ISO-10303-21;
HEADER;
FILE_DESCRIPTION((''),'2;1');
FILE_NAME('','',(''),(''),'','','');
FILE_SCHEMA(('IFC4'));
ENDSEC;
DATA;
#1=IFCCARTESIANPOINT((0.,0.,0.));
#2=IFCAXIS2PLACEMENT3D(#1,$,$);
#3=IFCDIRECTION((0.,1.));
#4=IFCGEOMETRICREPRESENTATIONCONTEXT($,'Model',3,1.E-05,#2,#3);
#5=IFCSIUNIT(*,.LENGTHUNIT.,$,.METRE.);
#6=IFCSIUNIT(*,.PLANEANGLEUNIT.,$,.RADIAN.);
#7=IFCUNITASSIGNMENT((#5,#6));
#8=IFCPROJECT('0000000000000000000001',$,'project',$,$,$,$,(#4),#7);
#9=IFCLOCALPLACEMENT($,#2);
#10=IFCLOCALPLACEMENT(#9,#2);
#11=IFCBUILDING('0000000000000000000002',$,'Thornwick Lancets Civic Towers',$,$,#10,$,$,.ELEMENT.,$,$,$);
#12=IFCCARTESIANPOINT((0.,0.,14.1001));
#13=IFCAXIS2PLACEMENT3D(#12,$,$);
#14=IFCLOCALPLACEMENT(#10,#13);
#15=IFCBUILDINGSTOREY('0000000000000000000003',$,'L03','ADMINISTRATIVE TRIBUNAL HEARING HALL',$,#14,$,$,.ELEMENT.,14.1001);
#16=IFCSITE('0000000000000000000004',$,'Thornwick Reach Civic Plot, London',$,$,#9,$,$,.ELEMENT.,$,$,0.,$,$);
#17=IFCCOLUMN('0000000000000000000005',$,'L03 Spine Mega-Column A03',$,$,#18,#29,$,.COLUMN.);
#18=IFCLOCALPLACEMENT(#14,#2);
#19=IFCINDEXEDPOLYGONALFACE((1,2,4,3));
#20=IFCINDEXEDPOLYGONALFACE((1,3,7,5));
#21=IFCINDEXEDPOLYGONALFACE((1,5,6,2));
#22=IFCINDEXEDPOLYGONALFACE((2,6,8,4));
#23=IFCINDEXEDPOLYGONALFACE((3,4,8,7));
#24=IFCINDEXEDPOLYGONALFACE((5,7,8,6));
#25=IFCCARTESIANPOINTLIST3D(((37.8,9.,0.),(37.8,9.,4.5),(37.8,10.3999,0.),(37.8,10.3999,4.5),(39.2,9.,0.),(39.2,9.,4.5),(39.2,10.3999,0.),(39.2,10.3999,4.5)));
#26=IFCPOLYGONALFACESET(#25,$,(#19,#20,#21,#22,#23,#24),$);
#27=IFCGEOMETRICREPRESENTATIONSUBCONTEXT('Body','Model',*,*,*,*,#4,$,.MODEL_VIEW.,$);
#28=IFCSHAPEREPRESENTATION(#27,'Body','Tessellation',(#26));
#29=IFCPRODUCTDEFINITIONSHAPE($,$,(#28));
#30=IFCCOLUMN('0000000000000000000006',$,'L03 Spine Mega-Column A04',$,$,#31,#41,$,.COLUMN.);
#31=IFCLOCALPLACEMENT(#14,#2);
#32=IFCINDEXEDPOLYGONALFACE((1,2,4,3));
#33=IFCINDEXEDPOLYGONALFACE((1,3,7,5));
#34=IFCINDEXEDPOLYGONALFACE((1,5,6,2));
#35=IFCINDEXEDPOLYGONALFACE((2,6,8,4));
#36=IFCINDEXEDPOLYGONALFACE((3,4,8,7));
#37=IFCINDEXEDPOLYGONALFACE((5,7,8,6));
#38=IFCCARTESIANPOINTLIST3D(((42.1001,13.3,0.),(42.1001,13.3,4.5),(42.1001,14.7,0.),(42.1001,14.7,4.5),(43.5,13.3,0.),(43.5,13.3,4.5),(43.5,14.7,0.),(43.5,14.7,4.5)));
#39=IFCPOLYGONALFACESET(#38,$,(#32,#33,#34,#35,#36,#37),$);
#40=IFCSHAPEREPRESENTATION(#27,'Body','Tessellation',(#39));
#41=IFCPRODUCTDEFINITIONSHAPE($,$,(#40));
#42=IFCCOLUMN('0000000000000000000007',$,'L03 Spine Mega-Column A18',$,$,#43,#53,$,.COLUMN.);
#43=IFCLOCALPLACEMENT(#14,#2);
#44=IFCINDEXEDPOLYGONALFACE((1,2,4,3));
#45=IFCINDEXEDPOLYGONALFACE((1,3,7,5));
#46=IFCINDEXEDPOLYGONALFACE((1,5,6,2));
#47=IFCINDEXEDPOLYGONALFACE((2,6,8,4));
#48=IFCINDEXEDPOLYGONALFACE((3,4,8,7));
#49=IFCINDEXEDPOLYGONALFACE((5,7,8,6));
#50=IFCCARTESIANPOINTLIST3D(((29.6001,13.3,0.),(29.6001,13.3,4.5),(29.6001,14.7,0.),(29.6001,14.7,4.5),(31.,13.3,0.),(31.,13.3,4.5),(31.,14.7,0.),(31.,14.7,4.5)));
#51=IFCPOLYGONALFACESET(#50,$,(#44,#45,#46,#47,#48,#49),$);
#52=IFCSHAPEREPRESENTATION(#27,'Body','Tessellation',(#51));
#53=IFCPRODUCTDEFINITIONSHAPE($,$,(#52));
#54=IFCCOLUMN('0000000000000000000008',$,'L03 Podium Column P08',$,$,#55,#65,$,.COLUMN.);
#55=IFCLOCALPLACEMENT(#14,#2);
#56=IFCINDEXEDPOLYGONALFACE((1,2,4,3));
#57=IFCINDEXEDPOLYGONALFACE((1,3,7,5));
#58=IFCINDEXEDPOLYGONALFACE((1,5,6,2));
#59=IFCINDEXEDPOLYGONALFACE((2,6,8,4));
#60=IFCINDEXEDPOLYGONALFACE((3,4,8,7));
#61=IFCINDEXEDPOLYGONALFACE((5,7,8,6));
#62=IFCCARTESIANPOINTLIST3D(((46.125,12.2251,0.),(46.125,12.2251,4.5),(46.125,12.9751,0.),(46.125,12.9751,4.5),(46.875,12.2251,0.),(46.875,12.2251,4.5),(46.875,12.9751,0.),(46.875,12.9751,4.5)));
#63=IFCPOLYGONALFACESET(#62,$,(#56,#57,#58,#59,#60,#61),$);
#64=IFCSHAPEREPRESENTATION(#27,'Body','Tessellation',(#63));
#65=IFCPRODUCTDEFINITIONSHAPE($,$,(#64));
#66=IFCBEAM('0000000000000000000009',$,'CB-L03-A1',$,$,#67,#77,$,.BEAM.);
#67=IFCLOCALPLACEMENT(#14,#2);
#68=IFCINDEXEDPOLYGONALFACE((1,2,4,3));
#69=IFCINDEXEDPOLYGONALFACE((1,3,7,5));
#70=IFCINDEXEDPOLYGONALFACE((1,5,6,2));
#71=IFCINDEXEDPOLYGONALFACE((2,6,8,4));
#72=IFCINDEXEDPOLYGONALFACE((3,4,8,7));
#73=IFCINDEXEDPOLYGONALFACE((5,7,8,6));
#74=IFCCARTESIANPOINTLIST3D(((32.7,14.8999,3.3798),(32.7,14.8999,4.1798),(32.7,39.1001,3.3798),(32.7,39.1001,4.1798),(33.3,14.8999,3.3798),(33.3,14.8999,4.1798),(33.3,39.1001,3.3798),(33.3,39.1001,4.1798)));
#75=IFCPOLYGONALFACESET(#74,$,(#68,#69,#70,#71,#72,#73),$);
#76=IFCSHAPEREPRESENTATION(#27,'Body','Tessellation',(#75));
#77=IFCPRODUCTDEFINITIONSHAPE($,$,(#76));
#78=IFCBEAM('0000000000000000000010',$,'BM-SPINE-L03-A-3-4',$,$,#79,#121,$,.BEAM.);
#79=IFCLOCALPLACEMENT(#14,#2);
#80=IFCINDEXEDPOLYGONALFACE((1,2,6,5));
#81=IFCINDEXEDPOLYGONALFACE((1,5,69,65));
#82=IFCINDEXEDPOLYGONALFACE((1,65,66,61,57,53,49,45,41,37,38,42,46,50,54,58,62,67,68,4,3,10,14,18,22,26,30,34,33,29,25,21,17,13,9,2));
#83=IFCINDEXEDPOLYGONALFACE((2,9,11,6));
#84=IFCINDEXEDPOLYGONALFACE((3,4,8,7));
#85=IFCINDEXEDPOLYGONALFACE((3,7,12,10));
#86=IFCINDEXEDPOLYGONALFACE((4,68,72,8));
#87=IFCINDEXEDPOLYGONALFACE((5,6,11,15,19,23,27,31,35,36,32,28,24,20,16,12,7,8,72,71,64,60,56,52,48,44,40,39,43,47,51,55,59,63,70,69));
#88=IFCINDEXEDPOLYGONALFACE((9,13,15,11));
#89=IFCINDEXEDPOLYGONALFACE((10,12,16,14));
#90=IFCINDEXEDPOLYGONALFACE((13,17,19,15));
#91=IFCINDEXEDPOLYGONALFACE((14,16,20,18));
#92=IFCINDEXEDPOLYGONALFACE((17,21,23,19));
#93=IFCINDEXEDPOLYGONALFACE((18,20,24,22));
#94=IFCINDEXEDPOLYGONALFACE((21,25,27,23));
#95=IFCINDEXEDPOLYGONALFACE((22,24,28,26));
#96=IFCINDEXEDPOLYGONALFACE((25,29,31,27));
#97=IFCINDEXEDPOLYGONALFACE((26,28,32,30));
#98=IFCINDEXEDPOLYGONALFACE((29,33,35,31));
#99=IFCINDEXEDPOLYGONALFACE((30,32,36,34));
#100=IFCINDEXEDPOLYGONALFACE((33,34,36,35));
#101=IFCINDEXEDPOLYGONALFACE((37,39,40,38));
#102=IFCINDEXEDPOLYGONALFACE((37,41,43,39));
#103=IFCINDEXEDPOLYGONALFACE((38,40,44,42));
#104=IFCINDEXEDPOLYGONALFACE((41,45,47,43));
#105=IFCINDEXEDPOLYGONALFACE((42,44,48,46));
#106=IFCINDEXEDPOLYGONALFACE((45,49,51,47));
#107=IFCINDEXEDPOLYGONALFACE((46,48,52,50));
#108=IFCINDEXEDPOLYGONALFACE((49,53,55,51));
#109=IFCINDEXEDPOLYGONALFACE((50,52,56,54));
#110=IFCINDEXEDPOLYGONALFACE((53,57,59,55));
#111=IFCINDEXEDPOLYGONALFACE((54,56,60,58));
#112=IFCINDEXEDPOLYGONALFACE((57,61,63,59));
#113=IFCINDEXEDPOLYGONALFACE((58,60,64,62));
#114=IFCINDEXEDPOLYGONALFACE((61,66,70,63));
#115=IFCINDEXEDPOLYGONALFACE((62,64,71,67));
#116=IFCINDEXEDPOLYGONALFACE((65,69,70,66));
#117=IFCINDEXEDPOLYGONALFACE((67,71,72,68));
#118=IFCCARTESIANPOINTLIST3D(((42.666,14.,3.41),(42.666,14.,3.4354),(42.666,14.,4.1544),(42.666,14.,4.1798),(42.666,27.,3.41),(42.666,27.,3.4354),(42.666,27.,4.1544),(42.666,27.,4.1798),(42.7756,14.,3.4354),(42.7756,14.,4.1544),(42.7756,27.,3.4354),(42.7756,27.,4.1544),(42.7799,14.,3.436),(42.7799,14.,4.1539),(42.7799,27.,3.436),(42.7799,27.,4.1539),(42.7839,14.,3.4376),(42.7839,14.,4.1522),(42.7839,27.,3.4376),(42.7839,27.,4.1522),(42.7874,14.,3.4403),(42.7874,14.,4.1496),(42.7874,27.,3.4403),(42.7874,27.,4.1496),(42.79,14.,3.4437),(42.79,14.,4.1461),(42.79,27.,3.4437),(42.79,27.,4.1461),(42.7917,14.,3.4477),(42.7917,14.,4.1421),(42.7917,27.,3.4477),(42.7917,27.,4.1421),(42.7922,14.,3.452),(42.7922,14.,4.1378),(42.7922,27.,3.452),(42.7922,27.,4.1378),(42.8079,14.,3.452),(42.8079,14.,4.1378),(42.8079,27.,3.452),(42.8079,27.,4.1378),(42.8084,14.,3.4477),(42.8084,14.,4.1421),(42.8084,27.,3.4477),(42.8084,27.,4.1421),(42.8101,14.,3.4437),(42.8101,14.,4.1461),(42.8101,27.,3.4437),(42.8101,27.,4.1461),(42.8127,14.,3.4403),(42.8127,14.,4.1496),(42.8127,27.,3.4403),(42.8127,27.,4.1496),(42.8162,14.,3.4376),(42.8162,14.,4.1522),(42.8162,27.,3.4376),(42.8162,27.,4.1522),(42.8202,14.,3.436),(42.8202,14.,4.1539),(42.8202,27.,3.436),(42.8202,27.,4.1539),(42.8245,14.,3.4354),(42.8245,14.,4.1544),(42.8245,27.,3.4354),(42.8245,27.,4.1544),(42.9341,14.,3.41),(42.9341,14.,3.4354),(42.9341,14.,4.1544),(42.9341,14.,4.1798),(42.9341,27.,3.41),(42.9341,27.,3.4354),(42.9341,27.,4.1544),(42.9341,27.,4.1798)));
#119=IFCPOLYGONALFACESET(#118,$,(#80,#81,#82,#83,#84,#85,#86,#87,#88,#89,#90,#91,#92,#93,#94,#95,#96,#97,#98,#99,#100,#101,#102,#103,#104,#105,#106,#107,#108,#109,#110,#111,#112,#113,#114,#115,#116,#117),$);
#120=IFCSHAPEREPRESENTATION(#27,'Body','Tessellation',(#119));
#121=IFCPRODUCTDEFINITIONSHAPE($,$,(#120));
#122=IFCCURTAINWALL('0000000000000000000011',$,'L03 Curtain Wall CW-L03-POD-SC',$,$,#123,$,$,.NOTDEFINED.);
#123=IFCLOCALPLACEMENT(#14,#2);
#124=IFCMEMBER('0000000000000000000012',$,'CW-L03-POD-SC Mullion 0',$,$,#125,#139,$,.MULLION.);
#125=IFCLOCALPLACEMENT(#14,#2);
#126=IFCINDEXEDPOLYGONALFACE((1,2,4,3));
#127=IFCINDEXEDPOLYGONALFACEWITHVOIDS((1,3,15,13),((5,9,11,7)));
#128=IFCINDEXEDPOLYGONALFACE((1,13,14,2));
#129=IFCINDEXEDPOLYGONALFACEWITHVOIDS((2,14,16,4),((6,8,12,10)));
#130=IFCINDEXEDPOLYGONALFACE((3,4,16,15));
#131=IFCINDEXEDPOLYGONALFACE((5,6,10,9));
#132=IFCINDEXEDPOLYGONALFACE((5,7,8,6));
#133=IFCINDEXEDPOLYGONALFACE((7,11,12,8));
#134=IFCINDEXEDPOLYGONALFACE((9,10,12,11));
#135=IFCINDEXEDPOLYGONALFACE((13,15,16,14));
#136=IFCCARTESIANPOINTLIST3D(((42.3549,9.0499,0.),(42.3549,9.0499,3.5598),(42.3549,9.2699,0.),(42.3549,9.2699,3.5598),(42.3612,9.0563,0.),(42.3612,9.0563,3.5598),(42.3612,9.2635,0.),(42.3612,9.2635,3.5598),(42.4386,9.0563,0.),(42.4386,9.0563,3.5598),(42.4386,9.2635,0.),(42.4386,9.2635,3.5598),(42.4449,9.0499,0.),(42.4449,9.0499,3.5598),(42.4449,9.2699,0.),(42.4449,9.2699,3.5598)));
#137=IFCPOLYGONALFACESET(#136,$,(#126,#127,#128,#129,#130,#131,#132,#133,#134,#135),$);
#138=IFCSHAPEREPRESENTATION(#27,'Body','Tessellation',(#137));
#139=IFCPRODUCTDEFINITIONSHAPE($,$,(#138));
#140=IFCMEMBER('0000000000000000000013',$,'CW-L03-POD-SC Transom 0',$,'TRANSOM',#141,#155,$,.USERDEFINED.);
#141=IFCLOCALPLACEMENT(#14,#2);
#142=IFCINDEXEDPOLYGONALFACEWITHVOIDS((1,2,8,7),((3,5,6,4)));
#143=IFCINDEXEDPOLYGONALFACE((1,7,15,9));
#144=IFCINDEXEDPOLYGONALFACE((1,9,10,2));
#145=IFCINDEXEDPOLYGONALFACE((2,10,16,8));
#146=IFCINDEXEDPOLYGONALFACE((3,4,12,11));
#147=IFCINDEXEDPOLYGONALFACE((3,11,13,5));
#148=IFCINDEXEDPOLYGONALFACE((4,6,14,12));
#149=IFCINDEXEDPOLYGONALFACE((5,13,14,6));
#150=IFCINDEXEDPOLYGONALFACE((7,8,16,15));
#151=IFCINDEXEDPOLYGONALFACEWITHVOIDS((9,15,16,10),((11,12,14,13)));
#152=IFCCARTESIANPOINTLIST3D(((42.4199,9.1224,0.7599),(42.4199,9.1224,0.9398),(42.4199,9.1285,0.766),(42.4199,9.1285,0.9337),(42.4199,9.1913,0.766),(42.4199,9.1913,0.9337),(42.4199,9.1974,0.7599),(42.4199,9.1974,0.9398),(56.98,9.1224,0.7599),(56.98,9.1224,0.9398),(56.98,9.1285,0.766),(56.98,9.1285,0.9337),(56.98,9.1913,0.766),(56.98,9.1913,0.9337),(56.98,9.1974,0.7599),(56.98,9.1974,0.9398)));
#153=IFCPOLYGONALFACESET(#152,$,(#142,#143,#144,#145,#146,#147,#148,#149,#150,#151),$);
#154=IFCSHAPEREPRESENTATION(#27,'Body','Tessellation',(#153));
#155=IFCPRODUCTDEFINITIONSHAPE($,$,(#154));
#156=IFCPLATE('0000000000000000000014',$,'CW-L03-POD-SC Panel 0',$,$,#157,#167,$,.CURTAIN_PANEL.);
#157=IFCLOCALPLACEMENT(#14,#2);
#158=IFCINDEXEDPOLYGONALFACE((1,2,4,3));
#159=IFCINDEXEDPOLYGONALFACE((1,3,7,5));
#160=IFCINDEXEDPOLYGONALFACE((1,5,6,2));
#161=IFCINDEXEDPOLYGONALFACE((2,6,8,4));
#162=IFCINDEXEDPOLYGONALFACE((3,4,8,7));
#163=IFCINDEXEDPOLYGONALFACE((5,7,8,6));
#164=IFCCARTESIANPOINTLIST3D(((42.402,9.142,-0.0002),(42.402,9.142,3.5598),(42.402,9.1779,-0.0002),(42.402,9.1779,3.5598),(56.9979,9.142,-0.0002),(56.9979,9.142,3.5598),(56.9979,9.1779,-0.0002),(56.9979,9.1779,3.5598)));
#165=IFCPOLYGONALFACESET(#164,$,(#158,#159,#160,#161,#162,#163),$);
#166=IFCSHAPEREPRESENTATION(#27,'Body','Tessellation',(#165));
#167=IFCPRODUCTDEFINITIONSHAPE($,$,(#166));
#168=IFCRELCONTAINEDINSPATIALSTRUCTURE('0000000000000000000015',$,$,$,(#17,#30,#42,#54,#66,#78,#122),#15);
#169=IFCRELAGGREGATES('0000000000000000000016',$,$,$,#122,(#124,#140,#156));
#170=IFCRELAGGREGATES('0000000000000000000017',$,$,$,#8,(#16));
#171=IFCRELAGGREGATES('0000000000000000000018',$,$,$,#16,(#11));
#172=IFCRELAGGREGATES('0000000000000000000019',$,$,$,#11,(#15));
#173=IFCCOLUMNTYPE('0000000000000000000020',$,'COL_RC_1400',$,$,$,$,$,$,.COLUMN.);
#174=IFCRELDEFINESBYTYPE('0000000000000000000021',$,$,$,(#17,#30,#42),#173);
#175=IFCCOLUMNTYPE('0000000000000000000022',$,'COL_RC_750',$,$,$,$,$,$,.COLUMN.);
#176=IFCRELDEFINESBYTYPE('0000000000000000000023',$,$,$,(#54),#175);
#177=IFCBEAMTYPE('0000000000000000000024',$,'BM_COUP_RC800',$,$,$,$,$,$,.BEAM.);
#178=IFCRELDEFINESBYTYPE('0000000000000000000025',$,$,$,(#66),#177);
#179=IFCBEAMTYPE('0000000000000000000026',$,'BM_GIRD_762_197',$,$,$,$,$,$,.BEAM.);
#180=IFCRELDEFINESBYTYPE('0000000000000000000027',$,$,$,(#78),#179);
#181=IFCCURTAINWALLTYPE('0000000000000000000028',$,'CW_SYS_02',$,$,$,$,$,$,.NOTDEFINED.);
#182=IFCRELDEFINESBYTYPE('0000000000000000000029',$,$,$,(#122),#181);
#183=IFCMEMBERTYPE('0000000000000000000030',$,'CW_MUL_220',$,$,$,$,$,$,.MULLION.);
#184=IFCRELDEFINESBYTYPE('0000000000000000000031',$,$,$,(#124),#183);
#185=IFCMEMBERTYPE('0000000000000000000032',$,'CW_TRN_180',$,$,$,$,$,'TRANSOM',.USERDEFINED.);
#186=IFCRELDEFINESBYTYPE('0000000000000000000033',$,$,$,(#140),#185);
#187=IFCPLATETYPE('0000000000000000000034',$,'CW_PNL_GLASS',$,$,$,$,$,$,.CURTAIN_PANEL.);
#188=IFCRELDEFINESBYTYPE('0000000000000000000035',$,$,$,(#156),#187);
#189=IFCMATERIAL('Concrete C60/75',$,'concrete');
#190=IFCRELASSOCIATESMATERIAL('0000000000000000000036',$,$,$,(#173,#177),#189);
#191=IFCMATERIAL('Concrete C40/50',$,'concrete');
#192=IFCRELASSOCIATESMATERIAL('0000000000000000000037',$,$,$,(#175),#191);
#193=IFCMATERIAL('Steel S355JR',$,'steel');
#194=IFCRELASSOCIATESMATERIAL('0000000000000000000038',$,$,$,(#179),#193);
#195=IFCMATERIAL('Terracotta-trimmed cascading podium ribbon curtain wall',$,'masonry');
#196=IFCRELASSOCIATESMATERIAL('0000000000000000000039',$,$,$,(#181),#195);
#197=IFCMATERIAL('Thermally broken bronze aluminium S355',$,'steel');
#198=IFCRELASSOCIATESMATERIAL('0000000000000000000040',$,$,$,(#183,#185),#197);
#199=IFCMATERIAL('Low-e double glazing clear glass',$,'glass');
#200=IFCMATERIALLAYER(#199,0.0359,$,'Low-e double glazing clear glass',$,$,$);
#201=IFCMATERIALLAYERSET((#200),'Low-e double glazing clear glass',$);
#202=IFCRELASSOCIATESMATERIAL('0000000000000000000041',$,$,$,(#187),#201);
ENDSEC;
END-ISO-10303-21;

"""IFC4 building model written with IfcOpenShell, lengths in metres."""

from ifc_helpers import new_model, si_unit, direction, frame, origin, origin_2d, place, context, subcontext, project, spatial, rectangle, hollow_rectangle, i_section, extrude, material, layer, layer_set, material_profile, profile_set, type_object, element, aggregate, save


model = new_model("IFC4")

# Units and contexts
model_context = context("Model", 3, precision=1e-05, world=origin(), true_north=direction((0.0, 1.0)))
body_context = subcontext(model_context, "Body", "Model", "MODEL_VIEW")
ifc_project = project(units=[si_unit("LENGTHUNIT", "METRE"), si_unit("PLANEANGLEUNIT", "RADIAN")], contexts=[model_context])

# Site, building, storey
site_placement = place(None, origin())
site = spatial("IfcSite", under=ifc_project, at=site_placement, Name="Thornwick Reach Civic Plot, London", CompositionType="ELEMENT", RefElevation=0.0)
building_placement = place(site_placement, origin())
building = spatial("IfcBuilding", under=site, at=building_placement, Name="Thornwick Lancets Civic Towers", CompositionType="ELEMENT")
storey_placement = place(building_placement, frame((0.0, 0.0, 14.1001)))
storey = spatial("IfcBuildingStorey", under=building, at=storey_placement, Name="L03", Description="ADMINISTRATIVE TRIBUNAL HEARING HALL", CompositionType="ELEMENT", Elevation=14.1001)

# Columns
ifc_material_1 = material(Name="Concrete C60/75", Category="concrete")
ifc_material_profile_1 = material_profile(ifc_material_1, rectangle(XDim=1.3999, YDim=1.3999, at=origin_2d()), Name="RC 1400x1400")
ifc_profile_set_1 = profile_set([ifc_material_profile_1], Name="Concrete C60/75")
column_type_1 = type_object("IfcColumnType", Name="COL_RC_1400", PredefinedType="COLUMN", material=ifc_profile_set_1)
for number, where, z_axis, x_axis, name in (
    (1, (38.5, 9.7, 0.0), (0.0, 0.0, 1.0), (1.0, 0.0, 0.0), "L03 Spine Mega-Column A03"),
    (2, (42.8, 14.0, 0.0), (0.0, 0.0, 1.0), (1.0, 0.0, 0.0), "L03 Spine Mega-Column A04"),
    (3, (30.3, 14.0, 0.0), (0.0, 0.0, 1.0), (1.0, 0.0, 0.0), "L03 Spine Mega-Column A18"),
):
    element("IfcColumn", number, at=place(storey_placement, frame(where, z_axis=z_axis, x_axis=x_axis)), inside=storey, type_object=column_type_1, Name=name, PredefinedType="COLUMN", context=body_context, shape_type="SweptSolid", body=[
        extrude(rectangle(XDim=1.3999, YDim=1.3999, at=origin_2d()), origin(), (0.0, 0.0, 1.0), 4.5),
    ])
ifc_material_2 = material(Name="Concrete C40/50", Category="concrete")
ifc_material_profile_2 = material_profile(ifc_material_2, rectangle(XDim=0.75, YDim=0.75, at=origin_2d()), Name="RC 750x750")
ifc_profile_set_2 = profile_set([ifc_material_profile_2], Name="Concrete C40/50")
column_type_2 = type_object("IfcColumnType", Name="COL_RC_750", PredefinedType="COLUMN", material=ifc_profile_set_2)
column_placement = place(storey_placement, frame((46.5, 12.6001, 0.0), z_axis=(0.0, 0.0, 1.0), x_axis=(1.0, 0.0, 0.0)))
element("IfcColumn", 4, at=column_placement, inside=storey, type_object=column_type_2, Name="L03 Podium Column P08", PredefinedType="COLUMN", context=body_context, shape_type="SweptSolid", body=[
    extrude(rectangle(XDim=0.75, YDim=0.75, at=origin_2d()), origin(), (0.0, 0.0, 1.0), 4.5),
])

# Beams
ifc_material_profile_3 = material_profile(ifc_material_1, rectangle(XDim=0.6001, YDim=0.8, at=origin_2d()), Name="RC 600x800")
ifc_profile_set_3 = profile_set([ifc_material_profile_3], Name="Concrete C60/75")
beam_type_1 = type_object("IfcBeamType", Name="BM_COUP_RC800", PredefinedType="BEAM", material=ifc_profile_set_3)
beam_1_placement = place(storey_placement, frame((33.0, 14.8999, 3.7798), z_axis=(0.0, 1.0, 0.0), x_axis=(-1.0, 0.0, 0.0)))
element("IfcBeam", 5, at=beam_1_placement, inside=storey, type_object=beam_type_1, Name="CB-L03-A1", PredefinedType="BEAM", context=body_context, shape_type="SweptSolid", body=[
    extrude(rectangle(XDim=0.6001, YDim=0.8, at=origin_2d()), origin(), (0.0, 0.0, 1.0), 24.2002),
])
ifc_material_3 = material(Name="Steel S355JR", Category="steel")
ifc_material_profile_4 = material_profile(ifc_material_3, i_section(OverallWidth=0.2681, OverallDepth=0.7698, WebThickness=0.0156, FlangeThickness=0.0254, FilletRadius=0.0166, at=origin_2d()), Name="UKB 762x267x197")
ifc_profile_set_4 = profile_set([ifc_material_profile_4], Name="Steel S355JR")
beam_type_2 = type_object("IfcBeamType", Name="BM_GIRD_762_197", PredefinedType="BEAM", material=ifc_profile_set_4)
beam_2_placement = place(storey_placement, frame((42.8, 14.0, 3.7949), z_axis=(0.0, 1.0, 0.0), x_axis=(-1.0, 0.0, 0.0)))
element("IfcBeam", 6, at=beam_2_placement, inside=storey, type_object=beam_type_2, Name="BM-SPINE-L03-A-3-4", PredefinedType="BEAM", context=body_context, shape_type="SweptSolid", body=[
    extrude(i_section(OverallWidth=0.2681, OverallDepth=0.7698, WebThickness=0.0156, FlangeThickness=0.0254, FilletRadius=0.0166, at=origin_2d()), origin(), (0.0, 0.0, 1.0), 13.0),
])

# Curtain wall, members, plate
ifc_material_4 = material(Name="Terracotta-trimmed cascading podium ribbon curtain wall", Category="masonry")
curtain_wall_type = type_object("IfcCurtainWallType", Name="CW_SYS_02", PredefinedType="NOTDEFINED", material=ifc_material_4)
curtain_wall_placement = place(storey_placement, origin())
curtain_wall = element("IfcCurtainWall", 7, at=curtain_wall_placement, inside=storey, type_object=curtain_wall_type, Name="L03 Curtain Wall CW-L03-POD-SC", PredefinedType="NOTDEFINED")
ifc_material_5 = material(Name="Thermally broken bronze aluminium S355", Category="steel")
ifc_material_profile_5 = material_profile(ifc_material_5, hollow_rectangle(XDim=0.0901, YDim=0.22, WallThickness=0.0063, at=origin_2d()), Name="RHS 220x90x6.3")
ifc_profile_set_5 = profile_set([ifc_material_profile_5], Name="Thermally broken bronze aluminium S355")
member_type_1 = type_object("IfcMemberType", Name="CW_MUL_220", PredefinedType="MULLION", material=ifc_profile_set_5)
member_1_placement = place(storey_placement, frame((42.3999, 9.1599, 0.0), z_axis=(0.0, 0.0, 1.0), x_axis=(1.0, 0.0, 0.0)))
member_1 = element("IfcMember", 8, at=member_1_placement, type_object=member_type_1, Name="CW-L03-POD-SC Mullion 0", PredefinedType="MULLION", context=body_context, shape_type="SweptSolid", body=[
    extrude(hollow_rectangle(XDim=0.0901, YDim=0.22, WallThickness=0.0063, at=origin_2d()), origin(), (0.0, 0.0, 1.0), 3.5598),
])
ifc_material_profile_6 = material_profile(ifc_material_5, hollow_rectangle(XDim=0.075, YDim=0.1799, WallThickness=0.0061, at=origin_2d()), Name="RHS 180x75x6")
ifc_profile_set_6 = profile_set([ifc_material_profile_6], Name="Thermally broken bronze aluminium S355")
member_type_2 = type_object("IfcMemberType", Name="CW_TRN_180", ElementType="TRANSOM", PredefinedType="USERDEFINED", material=ifc_profile_set_6)
member_2_placement = place(storey_placement, frame((42.4199, 9.1599, 0.8499), z_axis=(1.0, 0.0, 0.0), x_axis=(0.0, 1.0, 0.0)))
member_2 = element("IfcMember", 9, at=member_2_placement, type_object=member_type_2, Name="CW-L03-POD-SC Transom 0", ObjectType="TRANSOM", PredefinedType="USERDEFINED", context=body_context, shape_type="SweptSolid", body=[
    extrude(hollow_rectangle(XDim=0.075, YDim=0.1799, WallThickness=0.0061, at=origin_2d()), origin(), (0.0, 0.0, 1.0), 14.5601),
])
ifc_material_6 = material(Name="Low-e double glazing clear glass", Category="glass")
ifc_layer_1 = layer(ifc_material_6, 0.0359, Name="Low-e double glazing clear glass")
ifc_layer_set_1 = layer_set([ifc_layer_1], Name="Low-e double glazing clear glass")
plate_type = type_object("IfcPlateType", Name="CW_PNL_GLASS", PredefinedType="CURTAIN_PANEL", material=ifc_layer_set_1)
plate_placement = place(storey_placement, frame((49.7, 9.1599, -0.0002), z_axis=(0.0, 0.0, 1.0), x_axis=(1.0, 0.0, 0.0)))
plate = element("IfcPlate", 10, at=plate_placement, type_object=plate_type, Name="CW-L03-POD-SC Panel 0", PredefinedType="CURTAIN_PANEL", context=body_context, shape_type="SweptSolid", body=[
    extrude(rectangle(XDim=14.5959, YDim=0.0359, at=origin_2d()), origin(), (0.0, 0.0, 1.0), 3.5601),
])
aggregate(curtain_wall, [member_1, member_2, plate])

save(model, "model.ifc")
